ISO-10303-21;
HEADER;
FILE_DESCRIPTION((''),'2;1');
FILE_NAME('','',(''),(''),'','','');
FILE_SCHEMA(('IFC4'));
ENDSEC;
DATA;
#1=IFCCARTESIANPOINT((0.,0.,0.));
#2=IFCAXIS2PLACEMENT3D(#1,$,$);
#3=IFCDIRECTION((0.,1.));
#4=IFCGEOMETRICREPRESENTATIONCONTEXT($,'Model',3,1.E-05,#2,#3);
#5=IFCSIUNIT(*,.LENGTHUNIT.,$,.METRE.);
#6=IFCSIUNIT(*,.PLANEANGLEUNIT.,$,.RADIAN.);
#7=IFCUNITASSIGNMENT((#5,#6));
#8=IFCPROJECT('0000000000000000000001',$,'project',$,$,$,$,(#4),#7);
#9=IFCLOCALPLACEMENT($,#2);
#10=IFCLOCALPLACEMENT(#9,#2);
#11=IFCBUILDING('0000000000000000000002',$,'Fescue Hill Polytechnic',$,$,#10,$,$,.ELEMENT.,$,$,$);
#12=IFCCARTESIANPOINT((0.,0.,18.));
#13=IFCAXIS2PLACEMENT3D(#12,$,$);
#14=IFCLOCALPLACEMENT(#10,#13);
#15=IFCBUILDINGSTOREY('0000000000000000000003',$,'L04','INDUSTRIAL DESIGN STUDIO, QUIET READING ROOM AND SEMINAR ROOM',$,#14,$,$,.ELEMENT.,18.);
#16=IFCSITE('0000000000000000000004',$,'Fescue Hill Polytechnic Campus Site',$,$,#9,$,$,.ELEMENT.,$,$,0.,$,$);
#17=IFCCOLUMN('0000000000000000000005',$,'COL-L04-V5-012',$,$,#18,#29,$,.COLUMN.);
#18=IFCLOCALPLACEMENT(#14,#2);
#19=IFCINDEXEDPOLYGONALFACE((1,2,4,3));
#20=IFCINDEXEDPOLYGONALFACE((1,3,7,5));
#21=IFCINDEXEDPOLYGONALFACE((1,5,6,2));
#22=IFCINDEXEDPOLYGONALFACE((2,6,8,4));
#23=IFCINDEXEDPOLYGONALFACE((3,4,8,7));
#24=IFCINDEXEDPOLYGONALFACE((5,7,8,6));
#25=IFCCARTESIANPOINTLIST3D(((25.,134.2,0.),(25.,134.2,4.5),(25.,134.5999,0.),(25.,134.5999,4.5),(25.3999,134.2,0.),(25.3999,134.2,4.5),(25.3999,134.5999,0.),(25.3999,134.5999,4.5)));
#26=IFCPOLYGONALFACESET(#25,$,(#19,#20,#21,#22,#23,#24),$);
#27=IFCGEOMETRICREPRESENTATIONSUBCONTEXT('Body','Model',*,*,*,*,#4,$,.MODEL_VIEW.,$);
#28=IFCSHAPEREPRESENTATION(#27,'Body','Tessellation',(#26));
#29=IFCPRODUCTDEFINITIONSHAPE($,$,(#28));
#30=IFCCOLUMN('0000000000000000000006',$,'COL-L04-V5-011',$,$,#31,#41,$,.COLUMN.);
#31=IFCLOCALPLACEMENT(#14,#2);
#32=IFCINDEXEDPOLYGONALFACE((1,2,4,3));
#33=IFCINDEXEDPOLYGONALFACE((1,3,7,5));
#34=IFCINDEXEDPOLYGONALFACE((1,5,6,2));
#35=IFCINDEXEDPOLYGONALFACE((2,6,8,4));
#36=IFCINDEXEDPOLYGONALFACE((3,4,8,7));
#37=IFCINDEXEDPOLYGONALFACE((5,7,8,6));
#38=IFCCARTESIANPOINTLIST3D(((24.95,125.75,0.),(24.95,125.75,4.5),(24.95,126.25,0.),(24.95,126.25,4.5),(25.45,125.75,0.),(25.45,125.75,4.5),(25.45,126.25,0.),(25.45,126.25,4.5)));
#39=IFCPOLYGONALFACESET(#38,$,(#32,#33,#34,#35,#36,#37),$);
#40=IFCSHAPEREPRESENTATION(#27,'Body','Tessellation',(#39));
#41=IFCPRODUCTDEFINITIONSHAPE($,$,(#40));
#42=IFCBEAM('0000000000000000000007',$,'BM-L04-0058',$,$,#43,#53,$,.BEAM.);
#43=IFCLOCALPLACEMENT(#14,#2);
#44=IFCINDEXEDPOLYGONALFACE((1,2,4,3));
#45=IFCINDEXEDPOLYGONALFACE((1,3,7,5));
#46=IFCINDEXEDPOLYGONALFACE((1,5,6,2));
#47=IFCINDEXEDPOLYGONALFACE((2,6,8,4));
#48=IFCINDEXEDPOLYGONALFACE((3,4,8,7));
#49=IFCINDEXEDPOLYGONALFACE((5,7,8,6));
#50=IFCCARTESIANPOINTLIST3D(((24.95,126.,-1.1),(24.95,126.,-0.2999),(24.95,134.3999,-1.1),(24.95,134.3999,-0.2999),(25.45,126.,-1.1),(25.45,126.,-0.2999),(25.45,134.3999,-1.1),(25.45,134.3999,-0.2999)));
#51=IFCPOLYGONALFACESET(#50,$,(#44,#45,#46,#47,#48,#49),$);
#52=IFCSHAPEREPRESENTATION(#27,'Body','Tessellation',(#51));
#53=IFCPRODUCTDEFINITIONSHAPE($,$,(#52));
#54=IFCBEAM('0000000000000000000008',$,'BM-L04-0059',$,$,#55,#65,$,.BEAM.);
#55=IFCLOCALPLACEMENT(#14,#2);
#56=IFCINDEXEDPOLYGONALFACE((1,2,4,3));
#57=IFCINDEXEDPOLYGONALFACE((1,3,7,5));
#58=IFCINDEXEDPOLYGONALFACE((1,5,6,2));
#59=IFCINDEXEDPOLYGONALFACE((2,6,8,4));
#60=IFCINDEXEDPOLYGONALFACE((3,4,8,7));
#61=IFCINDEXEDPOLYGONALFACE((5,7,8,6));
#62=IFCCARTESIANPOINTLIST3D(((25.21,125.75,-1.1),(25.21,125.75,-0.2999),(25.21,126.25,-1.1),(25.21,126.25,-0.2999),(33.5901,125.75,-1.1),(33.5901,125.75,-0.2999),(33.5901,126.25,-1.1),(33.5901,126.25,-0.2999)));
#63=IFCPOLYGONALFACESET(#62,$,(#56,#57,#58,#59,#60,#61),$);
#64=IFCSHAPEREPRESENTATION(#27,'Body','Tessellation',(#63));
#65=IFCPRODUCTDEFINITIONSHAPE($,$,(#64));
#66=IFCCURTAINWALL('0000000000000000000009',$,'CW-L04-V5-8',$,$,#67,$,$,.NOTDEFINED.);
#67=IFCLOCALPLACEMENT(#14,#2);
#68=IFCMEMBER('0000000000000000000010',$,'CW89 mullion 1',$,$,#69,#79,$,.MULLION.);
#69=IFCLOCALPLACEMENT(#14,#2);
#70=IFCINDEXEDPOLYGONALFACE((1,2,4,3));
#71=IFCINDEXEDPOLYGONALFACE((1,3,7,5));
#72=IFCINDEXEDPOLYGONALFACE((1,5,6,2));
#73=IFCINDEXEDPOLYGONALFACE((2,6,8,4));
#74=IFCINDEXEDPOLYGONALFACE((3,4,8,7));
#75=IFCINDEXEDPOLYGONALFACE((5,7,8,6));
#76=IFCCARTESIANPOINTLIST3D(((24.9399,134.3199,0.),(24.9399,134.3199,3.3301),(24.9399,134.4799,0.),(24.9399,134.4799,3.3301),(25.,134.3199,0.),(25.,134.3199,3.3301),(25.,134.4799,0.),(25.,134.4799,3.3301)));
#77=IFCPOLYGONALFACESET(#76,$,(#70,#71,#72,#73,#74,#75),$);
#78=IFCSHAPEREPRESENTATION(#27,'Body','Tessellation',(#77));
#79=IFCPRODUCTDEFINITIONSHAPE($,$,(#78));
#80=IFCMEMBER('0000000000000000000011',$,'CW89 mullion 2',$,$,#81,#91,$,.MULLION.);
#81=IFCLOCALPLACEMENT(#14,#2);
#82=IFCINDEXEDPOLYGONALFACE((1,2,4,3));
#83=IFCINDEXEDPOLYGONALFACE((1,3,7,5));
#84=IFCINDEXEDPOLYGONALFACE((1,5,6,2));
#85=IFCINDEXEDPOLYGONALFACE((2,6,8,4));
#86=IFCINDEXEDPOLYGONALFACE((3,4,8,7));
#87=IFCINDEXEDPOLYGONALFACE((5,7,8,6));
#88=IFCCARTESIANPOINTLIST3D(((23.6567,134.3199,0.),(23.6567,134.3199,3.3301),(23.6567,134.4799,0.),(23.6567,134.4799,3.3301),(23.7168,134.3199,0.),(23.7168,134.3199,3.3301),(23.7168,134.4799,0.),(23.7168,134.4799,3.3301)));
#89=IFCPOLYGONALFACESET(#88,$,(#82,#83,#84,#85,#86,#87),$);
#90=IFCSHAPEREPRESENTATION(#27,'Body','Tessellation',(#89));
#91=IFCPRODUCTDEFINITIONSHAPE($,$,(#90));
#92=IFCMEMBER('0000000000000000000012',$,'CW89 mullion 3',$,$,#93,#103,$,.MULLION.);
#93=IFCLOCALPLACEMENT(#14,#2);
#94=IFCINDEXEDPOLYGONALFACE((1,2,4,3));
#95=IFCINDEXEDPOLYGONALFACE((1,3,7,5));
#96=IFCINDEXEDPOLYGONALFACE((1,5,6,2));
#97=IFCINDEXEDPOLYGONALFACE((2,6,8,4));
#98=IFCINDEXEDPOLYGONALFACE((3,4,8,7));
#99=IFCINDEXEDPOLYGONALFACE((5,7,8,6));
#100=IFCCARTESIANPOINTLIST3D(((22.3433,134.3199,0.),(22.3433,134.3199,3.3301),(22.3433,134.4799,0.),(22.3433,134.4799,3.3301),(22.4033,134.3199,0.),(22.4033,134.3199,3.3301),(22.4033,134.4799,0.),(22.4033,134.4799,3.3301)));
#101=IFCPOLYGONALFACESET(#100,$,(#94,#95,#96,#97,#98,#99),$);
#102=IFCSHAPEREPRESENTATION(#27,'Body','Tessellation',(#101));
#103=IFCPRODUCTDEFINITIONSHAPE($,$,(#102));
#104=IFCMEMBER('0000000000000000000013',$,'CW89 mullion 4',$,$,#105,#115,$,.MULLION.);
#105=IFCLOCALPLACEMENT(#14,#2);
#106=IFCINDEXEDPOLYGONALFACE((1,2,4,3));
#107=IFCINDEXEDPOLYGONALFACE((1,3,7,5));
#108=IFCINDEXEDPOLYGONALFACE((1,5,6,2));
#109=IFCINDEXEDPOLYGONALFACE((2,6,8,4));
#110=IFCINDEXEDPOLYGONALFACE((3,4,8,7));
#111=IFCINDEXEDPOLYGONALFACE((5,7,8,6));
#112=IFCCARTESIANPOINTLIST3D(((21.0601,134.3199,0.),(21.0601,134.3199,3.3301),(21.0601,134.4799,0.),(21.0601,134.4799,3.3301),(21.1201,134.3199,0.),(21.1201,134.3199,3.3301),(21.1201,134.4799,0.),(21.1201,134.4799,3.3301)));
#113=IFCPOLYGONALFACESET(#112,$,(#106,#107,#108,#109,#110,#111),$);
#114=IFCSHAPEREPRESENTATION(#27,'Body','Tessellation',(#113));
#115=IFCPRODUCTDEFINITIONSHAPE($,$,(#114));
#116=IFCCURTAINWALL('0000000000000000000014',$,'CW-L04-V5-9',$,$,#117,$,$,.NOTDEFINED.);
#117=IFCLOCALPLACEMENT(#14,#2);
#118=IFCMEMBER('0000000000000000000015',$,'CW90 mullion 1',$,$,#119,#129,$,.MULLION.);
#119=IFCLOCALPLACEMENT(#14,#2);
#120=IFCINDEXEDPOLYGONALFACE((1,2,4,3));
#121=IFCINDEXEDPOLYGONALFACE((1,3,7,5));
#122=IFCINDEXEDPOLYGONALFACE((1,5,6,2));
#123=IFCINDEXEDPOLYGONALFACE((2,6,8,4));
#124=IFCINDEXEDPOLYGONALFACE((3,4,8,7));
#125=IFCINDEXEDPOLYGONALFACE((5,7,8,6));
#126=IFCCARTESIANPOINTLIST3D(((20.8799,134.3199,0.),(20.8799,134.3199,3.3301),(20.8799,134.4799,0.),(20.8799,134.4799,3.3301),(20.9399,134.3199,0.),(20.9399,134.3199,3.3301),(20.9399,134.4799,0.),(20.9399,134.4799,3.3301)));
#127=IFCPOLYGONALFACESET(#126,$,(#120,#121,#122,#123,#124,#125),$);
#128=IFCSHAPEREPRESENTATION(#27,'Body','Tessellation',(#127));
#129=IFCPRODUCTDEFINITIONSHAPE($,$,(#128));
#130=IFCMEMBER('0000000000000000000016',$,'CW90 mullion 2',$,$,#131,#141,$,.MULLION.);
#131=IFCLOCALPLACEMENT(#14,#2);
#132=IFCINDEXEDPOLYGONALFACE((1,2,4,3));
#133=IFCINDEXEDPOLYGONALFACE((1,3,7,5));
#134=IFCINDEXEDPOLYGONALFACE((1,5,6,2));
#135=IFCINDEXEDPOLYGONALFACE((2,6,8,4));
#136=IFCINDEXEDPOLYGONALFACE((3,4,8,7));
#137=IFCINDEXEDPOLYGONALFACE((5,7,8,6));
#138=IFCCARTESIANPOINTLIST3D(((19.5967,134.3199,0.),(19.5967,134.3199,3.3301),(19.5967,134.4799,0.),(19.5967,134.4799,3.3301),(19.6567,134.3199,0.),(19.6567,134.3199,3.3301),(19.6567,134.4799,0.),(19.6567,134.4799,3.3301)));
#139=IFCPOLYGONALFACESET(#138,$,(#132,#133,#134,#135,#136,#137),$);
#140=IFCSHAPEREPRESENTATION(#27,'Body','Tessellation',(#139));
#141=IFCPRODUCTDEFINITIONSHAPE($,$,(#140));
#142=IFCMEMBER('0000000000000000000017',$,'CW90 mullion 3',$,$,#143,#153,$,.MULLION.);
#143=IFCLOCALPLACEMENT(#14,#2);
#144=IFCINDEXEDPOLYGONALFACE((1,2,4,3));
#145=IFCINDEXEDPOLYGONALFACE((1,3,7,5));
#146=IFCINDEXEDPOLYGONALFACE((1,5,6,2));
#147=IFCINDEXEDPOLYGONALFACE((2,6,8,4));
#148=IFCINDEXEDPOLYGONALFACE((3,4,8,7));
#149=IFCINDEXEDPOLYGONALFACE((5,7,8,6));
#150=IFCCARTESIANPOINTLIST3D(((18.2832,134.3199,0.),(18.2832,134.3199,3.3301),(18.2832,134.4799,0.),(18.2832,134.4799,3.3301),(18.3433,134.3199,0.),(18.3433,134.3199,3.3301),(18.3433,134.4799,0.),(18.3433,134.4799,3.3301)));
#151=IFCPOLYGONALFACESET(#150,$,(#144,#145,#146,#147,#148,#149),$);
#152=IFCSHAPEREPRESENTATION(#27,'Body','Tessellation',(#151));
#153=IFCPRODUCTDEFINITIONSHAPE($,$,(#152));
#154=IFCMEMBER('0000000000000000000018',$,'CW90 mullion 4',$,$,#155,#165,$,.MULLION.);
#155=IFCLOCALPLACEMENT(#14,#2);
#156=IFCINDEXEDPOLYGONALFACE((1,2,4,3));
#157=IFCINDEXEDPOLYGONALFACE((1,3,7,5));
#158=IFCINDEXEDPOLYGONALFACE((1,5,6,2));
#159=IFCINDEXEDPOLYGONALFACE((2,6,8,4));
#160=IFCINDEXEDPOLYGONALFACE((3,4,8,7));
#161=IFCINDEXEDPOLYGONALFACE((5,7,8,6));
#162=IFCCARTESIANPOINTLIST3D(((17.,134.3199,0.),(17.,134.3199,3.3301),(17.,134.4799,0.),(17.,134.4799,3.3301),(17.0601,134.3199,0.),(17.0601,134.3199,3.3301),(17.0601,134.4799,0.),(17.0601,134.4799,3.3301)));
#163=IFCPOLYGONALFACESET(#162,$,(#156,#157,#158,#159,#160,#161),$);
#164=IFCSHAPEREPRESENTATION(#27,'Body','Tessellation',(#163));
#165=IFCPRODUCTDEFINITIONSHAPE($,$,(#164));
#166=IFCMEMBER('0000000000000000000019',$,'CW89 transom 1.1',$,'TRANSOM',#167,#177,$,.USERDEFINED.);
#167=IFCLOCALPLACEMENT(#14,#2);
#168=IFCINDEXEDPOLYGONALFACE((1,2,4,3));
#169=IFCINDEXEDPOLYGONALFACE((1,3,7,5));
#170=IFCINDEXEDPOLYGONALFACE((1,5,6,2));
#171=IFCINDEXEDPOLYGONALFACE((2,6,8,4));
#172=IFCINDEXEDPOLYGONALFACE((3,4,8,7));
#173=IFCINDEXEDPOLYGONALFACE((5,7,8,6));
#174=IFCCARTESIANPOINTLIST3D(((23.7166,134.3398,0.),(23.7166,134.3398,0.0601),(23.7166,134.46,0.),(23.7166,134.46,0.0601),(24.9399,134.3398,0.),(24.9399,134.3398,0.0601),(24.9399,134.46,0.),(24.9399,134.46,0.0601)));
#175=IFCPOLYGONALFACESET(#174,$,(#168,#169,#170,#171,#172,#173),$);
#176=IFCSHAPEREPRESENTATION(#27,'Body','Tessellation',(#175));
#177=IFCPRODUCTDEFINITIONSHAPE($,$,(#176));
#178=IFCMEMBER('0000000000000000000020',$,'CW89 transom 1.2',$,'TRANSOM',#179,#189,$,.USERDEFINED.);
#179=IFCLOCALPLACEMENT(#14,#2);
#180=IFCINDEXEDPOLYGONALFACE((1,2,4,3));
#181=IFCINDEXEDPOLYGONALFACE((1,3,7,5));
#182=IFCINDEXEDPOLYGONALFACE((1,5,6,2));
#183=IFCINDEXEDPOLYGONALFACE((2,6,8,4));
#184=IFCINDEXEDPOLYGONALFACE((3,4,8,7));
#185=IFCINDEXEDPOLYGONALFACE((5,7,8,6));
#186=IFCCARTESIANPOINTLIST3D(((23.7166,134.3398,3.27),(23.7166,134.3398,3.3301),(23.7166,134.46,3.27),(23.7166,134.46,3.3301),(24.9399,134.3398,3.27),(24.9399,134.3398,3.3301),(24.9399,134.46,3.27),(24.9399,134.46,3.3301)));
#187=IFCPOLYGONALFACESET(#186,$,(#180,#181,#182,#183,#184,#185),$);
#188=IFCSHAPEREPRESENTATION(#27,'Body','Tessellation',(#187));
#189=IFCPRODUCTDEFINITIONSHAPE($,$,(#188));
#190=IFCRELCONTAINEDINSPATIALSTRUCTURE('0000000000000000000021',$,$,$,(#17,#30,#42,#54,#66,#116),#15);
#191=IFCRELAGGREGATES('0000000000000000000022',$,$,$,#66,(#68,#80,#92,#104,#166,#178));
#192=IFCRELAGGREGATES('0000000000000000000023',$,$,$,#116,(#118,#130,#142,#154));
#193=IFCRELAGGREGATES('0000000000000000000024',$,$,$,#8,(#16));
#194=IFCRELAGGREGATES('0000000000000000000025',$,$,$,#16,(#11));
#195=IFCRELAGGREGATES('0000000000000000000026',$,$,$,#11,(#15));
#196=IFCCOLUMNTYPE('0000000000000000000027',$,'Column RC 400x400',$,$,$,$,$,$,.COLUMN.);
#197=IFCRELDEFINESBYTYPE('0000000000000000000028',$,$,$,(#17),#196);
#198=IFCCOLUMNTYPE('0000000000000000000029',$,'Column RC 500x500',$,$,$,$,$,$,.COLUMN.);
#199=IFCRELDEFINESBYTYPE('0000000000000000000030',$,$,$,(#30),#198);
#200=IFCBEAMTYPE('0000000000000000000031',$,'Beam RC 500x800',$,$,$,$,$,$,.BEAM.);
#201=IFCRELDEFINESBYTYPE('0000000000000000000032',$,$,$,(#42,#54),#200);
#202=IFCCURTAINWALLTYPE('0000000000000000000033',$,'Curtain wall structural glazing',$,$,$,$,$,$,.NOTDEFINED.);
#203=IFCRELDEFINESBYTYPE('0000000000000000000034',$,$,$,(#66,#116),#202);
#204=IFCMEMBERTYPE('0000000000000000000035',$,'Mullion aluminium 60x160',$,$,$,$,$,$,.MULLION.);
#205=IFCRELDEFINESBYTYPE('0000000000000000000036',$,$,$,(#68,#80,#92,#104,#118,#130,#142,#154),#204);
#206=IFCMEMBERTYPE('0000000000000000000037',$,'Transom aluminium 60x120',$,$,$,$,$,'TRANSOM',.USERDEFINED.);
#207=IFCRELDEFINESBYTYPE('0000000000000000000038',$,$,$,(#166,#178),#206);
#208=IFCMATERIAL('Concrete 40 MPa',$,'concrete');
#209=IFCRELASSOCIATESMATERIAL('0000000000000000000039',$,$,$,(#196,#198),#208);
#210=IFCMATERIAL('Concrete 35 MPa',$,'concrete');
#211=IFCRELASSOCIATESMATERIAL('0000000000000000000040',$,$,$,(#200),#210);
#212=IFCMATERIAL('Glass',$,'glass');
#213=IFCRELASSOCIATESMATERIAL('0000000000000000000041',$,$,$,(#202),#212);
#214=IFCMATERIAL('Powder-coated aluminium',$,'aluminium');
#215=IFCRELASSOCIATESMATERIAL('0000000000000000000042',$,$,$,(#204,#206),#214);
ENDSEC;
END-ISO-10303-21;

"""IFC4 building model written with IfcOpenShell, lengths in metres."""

from ifc_helpers import new_model, si_unit, direction, frame, origin, origin_2d, place, context, subcontext, project, spatial, rectangle, extrude, material, material_profile, profile_set, type_object, element, aggregate, save


model = new_model("IFC4")

# Units and contexts
model_context = context("Model", 3, precision=1e-05, world=origin(), true_north=direction((0.0, 1.0)))
body_context = subcontext(model_context, "Body", "Model", "MODEL_VIEW")
ifc_project = project(units=[si_unit("LENGTHUNIT", "METRE"), si_unit("PLANEANGLEUNIT", "RADIAN")], contexts=[model_context])

# Site, building, storey
site_placement = place(None, origin())
site = spatial("IfcSite", under=ifc_project, at=site_placement, Name="Fescue Hill Polytechnic Campus Site", CompositionType="ELEMENT", RefElevation=0.0)
building_placement = place(site_placement, origin())
building = spatial("IfcBuilding", under=site, at=building_placement, Name="Fescue Hill Polytechnic", CompositionType="ELEMENT")
storey_placement = place(building_placement, frame((0.0, 0.0, 18.0)))
storey = spatial("IfcBuildingStorey", under=building, at=storey_placement, Name="L04", Description="INDUSTRIAL DESIGN STUDIO, QUIET READING ROOM AND SEMINAR ROOM", CompositionType="ELEMENT", Elevation=18.0)

# Columns
ifc_material_1 = material(Name="Concrete 40 MPa", Category="concrete")
ifc_material_profile_1 = material_profile(ifc_material_1, rectangle(XDim=0.3999, YDim=0.3999, at=origin_2d()), Name="RC 400x400")
ifc_profile_set_1 = profile_set([ifc_material_profile_1], Name="Concrete 40 MPa")
column_type_1 = type_object("IfcColumnType", Name="Column RC 400x400", PredefinedType="COLUMN", material=ifc_profile_set_1)
column_1_placement = place(storey_placement, frame((25.2, 134.3999, 0.0), z_axis=(0.0, 0.0, 1.0), x_axis=(1.0, 0.0, 0.0)))
element("IfcColumn", 1, at=column_1_placement, inside=storey, type_object=column_type_1, Name="COL-L04-V5-012", PredefinedType="COLUMN", context=body_context, shape_type="SweptSolid", body=[
    extrude(rectangle(XDim=0.3999, YDim=0.3999, at=origin_2d()), origin(), (0.0, 0.0, 1.0), 4.5),
])
ifc_material_profile_2 = material_profile(ifc_material_1, rectangle(XDim=0.5, YDim=0.5, at=origin_2d()), Name="RC 500x500")
ifc_profile_set_2 = profile_set([ifc_material_profile_2], Name="Concrete 40 MPa")
column_type_2 = type_object("IfcColumnType", Name="Column RC 500x500", PredefinedType="COLUMN", material=ifc_profile_set_2)
column_2_placement = place(storey_placement, frame((25.2, 126.0, 0.0), z_axis=(0.0, 0.0, 1.0), x_axis=(1.0, 0.0, 0.0)))
element("IfcColumn", 2, at=column_2_placement, inside=storey, type_object=column_type_2, Name="COL-L04-V5-011", PredefinedType="COLUMN", context=body_context, shape_type="SweptSolid", body=[
    extrude(rectangle(XDim=0.5, YDim=0.5, at=origin_2d()), origin(), (0.0, 0.0, 1.0), 4.5),
])

# Beams
ifc_material_2 = material(Name="Concrete 35 MPa", Category="concrete")
ifc_material_profile_3 = material_profile(ifc_material_2, rectangle(XDim=0.5, YDim=0.8, at=origin_2d()), Name="RC 500x800")
ifc_profile_set_3 = profile_set([ifc_material_profile_3], Name="Concrete 35 MPa")
beam_type = type_object("IfcBeamType", Name="Beam RC 500x800", PredefinedType="BEAM", material=ifc_profile_set_3)
beam_1_placement = place(storey_placement, frame((25.2, 126.0, -0.7), z_axis=(0.0, 1.0, 0.0), x_axis=(-1.0, 0.0, 0.0)))
element("IfcBeam", 3, at=beam_1_placement, inside=storey, type_object=beam_type, Name="BM-L04-0058", PredefinedType="BEAM", context=body_context, shape_type="SweptSolid", body=[
    extrude(rectangle(XDim=0.5, YDim=0.8, at=origin_2d()), origin(), (0.0, 0.0, 1.0), 8.3999),
])
beam_2_placement = place(storey_placement, frame((25.21, 126.0, -0.7), z_axis=(1.0, 0.0, 0.0), x_axis=(0.0, 1.0, 0.0)))
element("IfcBeam", 4, at=beam_2_placement, inside=storey, type_object=beam_type, Name="BM-L04-0059", PredefinedType="BEAM", context=body_context, shape_type="SweptSolid", body=[
    extrude(rectangle(XDim=0.5, YDim=0.8, at=origin_2d()), origin(), (0.0, 0.0, 1.0), 8.3801),
])

# Curtain walls, members
ifc_material_3 = material(Name="Glass", Category="glass")
curtain_wall_type = type_object("IfcCurtainWallType", Name="Curtain wall structural glazing", PredefinedType="NOTDEFINED", material=ifc_material_3)
curtain_wall_1_placement = place(storey_placement, origin())
curtain_wall_1 = element("IfcCurtainWall", 5, at=curtain_wall_1_placement, inside=storey, type_object=curtain_wall_type, Name="CW-L04-V5-8", PredefinedType="NOTDEFINED")
ifc_material_4 = material(Name="Powder-coated aluminium", Category="aluminium")
ifc_material_profile_4 = material_profile(ifc_material_4, rectangle(XDim=0.1599, YDim=0.0601, at=origin_2d()), Name="Mullion aluminium 60x160")
ifc_profile_set_4 = profile_set([ifc_material_profile_4], Name="Powder-coated aluminium")
member_type_1 = type_object("IfcMemberType", Name="Mullion aluminium 60x160", PredefinedType="MULLION", material=ifc_profile_set_4)
member_1_placement = place(storey_placement, frame((24.97, 134.3999, 0.0), z_axis=(0.0, 0.0, 1.0), x_axis=(0.0, -1.0, 0.0)))
member_1 = element("IfcMember", 6, at=member_1_placement, type_object=member_type_1, Name="CW89 mullion 1", PredefinedType="MULLION", context=body_context, shape_type="SweptSolid", body=[
    extrude(rectangle(XDim=0.1599, YDim=0.0601, at=origin_2d()), origin(), (0.0, 0.0, 1.0), 3.3301),
])
member_2_placement = place(storey_placement, frame((23.6868, 134.3999, 0.0), z_axis=(0.0, 0.0, 1.0), x_axis=(0.0, -1.0, 0.0)))
member_2 = element("IfcMember", 7, at=member_2_placement, type_object=member_type_1, Name="CW89 mullion 2", PredefinedType="MULLION", context=body_context, shape_type="SweptSolid", body=[
    extrude(rectangle(XDim=0.1599, YDim=0.0601, at=origin_2d()), origin(), (0.0, 0.0, 1.0), 3.3301),
])
member_3_placement = place(storey_placement, frame((22.3733, 134.3999, 0.0), z_axis=(0.0, 0.0, 1.0), x_axis=(0.0, -1.0, 0.0)))
member_3 = element("IfcMember", 8, at=member_3_placement, type_object=member_type_1, Name="CW89 mullion 3", PredefinedType="MULLION", context=body_context, shape_type="SweptSolid", body=[
    extrude(rectangle(XDim=0.1599, YDim=0.0601, at=origin_2d()), origin(), (0.0, 0.0, 1.0), 3.3301),
])
member_4_placement = place(storey_placement, frame((21.0901, 134.3999, 0.0), z_axis=(0.0, 0.0, 1.0), x_axis=(0.0, -1.0, 0.0)))
member_4 = element("IfcMember", 9, at=member_4_placement, type_object=member_type_1, Name="CW89 mullion 4", PredefinedType="MULLION", context=body_context, shape_type="SweptSolid", body=[
    extrude(rectangle(XDim=0.1599, YDim=0.0601, at=origin_2d()), origin(), (0.0, 0.0, 1.0), 3.3301),
])
curtain_wall_2_placement = place(storey_placement, origin())
curtain_wall_2 = element("IfcCurtainWall", 10, at=curtain_wall_2_placement, inside=storey, type_object=curtain_wall_type, Name="CW-L04-V5-9", PredefinedType="NOTDEFINED")
member_5_placement = place(storey_placement, frame((20.9099, 134.3999, 0.0), z_axis=(0.0, 0.0, 1.0), x_axis=(0.0, -1.0, 0.0)))
member_5 = element("IfcMember", 11, at=member_5_placement, type_object=member_type_1, Name="CW90 mullion 1", PredefinedType="MULLION", context=body_context, shape_type="SweptSolid", body=[
    extrude(rectangle(XDim=0.1599, YDim=0.0601, at=origin_2d()), origin(), (0.0, 0.0, 1.0), 3.3301),
])
member_6_placement = place(storey_placement, frame((19.6267, 134.3999, 0.0), z_axis=(0.0, 0.0, 1.0), x_axis=(0.0, -1.0, 0.0)))
member_6 = element("IfcMember", 12, at=member_6_placement, type_object=member_type_1, Name="CW90 mullion 2", PredefinedType="MULLION", context=body_context, shape_type="SweptSolid", body=[
    extrude(rectangle(XDim=0.1599, YDim=0.0601, at=origin_2d()), origin(), (0.0, 0.0, 1.0), 3.3301),
])
member_7_placement = place(storey_placement, frame((18.3132, 134.3999, 0.0), z_axis=(0.0, 0.0, 1.0), x_axis=(0.0, -1.0, 0.0)))
member_7 = element("IfcMember", 13, at=member_7_placement, type_object=member_type_1, Name="CW90 mullion 3", PredefinedType="MULLION", context=body_context, shape_type="SweptSolid", body=[
    extrude(rectangle(XDim=0.1599, YDim=0.0601, at=origin_2d()), origin(), (0.0, 0.0, 1.0), 3.3301),
])
member_8_placement = place(storey_placement, frame((17.03, 134.3999, 0.0), z_axis=(0.0, 0.0, 1.0), x_axis=(0.0, -1.0, 0.0)))
member_8 = element("IfcMember", 14, at=member_8_placement, type_object=member_type_1, Name="CW90 mullion 4", PredefinedType="MULLION", context=body_context, shape_type="SweptSolid", body=[
    extrude(rectangle(XDim=0.1599, YDim=0.0601, at=origin_2d()), origin(), (0.0, 0.0, 1.0), 3.3301),
])

# Members
ifc_material_profile_5 = material_profile(ifc_material_4, rectangle(XDim=0.1201, YDim=0.0601, at=origin_2d()), Name="Transom aluminium 60x120")
ifc_profile_set_5 = profile_set([ifc_material_profile_5], Name="Powder-coated aluminium")
member_type_2 = type_object("IfcMemberType", Name="Transom aluminium 60x120", ElementType="TRANSOM", PredefinedType="USERDEFINED", material=ifc_profile_set_5)
member_9_placement = place(storey_placement, frame((24.9399, 134.3999, 0.03), z_axis=(-1.0, 0.0, 0.0), x_axis=(0.0, -1.0, 0.0)))
member_9 = element("IfcMember", 15, at=member_9_placement, type_object=member_type_2, Name="CW89 transom 1.1", ObjectType="TRANSOM", PredefinedType="USERDEFINED", context=body_context, shape_type="SweptSolid", body=[
    extrude(rectangle(XDim=0.1201, YDim=0.0601, at=origin_2d()), origin(), (0.0, 0.0, 1.0), 1.2234),
])
member_10_placement = place(storey_placement, frame((24.9399, 134.3999, 3.3), z_axis=(-1.0, 0.0, 0.0), x_axis=(0.0, -1.0, 0.0)))
member_10 = element("IfcMember", 16, at=member_10_placement, type_object=member_type_2, Name="CW89 transom 1.2", ObjectType="TRANSOM", PredefinedType="USERDEFINED", context=body_context, shape_type="SweptSolid", body=[
    extrude(rectangle(XDim=0.1201, YDim=0.0601, at=origin_2d()), origin(), (0.0, 0.0, 1.0), 1.2234),
])

aggregate(curtain_wall_1, [member_1, member_2, member_3, member_4, member_9, member_10])
aggregate(curtain_wall_2, [member_5, member_6, member_7, member_8])

save(model, "model.ifc")
